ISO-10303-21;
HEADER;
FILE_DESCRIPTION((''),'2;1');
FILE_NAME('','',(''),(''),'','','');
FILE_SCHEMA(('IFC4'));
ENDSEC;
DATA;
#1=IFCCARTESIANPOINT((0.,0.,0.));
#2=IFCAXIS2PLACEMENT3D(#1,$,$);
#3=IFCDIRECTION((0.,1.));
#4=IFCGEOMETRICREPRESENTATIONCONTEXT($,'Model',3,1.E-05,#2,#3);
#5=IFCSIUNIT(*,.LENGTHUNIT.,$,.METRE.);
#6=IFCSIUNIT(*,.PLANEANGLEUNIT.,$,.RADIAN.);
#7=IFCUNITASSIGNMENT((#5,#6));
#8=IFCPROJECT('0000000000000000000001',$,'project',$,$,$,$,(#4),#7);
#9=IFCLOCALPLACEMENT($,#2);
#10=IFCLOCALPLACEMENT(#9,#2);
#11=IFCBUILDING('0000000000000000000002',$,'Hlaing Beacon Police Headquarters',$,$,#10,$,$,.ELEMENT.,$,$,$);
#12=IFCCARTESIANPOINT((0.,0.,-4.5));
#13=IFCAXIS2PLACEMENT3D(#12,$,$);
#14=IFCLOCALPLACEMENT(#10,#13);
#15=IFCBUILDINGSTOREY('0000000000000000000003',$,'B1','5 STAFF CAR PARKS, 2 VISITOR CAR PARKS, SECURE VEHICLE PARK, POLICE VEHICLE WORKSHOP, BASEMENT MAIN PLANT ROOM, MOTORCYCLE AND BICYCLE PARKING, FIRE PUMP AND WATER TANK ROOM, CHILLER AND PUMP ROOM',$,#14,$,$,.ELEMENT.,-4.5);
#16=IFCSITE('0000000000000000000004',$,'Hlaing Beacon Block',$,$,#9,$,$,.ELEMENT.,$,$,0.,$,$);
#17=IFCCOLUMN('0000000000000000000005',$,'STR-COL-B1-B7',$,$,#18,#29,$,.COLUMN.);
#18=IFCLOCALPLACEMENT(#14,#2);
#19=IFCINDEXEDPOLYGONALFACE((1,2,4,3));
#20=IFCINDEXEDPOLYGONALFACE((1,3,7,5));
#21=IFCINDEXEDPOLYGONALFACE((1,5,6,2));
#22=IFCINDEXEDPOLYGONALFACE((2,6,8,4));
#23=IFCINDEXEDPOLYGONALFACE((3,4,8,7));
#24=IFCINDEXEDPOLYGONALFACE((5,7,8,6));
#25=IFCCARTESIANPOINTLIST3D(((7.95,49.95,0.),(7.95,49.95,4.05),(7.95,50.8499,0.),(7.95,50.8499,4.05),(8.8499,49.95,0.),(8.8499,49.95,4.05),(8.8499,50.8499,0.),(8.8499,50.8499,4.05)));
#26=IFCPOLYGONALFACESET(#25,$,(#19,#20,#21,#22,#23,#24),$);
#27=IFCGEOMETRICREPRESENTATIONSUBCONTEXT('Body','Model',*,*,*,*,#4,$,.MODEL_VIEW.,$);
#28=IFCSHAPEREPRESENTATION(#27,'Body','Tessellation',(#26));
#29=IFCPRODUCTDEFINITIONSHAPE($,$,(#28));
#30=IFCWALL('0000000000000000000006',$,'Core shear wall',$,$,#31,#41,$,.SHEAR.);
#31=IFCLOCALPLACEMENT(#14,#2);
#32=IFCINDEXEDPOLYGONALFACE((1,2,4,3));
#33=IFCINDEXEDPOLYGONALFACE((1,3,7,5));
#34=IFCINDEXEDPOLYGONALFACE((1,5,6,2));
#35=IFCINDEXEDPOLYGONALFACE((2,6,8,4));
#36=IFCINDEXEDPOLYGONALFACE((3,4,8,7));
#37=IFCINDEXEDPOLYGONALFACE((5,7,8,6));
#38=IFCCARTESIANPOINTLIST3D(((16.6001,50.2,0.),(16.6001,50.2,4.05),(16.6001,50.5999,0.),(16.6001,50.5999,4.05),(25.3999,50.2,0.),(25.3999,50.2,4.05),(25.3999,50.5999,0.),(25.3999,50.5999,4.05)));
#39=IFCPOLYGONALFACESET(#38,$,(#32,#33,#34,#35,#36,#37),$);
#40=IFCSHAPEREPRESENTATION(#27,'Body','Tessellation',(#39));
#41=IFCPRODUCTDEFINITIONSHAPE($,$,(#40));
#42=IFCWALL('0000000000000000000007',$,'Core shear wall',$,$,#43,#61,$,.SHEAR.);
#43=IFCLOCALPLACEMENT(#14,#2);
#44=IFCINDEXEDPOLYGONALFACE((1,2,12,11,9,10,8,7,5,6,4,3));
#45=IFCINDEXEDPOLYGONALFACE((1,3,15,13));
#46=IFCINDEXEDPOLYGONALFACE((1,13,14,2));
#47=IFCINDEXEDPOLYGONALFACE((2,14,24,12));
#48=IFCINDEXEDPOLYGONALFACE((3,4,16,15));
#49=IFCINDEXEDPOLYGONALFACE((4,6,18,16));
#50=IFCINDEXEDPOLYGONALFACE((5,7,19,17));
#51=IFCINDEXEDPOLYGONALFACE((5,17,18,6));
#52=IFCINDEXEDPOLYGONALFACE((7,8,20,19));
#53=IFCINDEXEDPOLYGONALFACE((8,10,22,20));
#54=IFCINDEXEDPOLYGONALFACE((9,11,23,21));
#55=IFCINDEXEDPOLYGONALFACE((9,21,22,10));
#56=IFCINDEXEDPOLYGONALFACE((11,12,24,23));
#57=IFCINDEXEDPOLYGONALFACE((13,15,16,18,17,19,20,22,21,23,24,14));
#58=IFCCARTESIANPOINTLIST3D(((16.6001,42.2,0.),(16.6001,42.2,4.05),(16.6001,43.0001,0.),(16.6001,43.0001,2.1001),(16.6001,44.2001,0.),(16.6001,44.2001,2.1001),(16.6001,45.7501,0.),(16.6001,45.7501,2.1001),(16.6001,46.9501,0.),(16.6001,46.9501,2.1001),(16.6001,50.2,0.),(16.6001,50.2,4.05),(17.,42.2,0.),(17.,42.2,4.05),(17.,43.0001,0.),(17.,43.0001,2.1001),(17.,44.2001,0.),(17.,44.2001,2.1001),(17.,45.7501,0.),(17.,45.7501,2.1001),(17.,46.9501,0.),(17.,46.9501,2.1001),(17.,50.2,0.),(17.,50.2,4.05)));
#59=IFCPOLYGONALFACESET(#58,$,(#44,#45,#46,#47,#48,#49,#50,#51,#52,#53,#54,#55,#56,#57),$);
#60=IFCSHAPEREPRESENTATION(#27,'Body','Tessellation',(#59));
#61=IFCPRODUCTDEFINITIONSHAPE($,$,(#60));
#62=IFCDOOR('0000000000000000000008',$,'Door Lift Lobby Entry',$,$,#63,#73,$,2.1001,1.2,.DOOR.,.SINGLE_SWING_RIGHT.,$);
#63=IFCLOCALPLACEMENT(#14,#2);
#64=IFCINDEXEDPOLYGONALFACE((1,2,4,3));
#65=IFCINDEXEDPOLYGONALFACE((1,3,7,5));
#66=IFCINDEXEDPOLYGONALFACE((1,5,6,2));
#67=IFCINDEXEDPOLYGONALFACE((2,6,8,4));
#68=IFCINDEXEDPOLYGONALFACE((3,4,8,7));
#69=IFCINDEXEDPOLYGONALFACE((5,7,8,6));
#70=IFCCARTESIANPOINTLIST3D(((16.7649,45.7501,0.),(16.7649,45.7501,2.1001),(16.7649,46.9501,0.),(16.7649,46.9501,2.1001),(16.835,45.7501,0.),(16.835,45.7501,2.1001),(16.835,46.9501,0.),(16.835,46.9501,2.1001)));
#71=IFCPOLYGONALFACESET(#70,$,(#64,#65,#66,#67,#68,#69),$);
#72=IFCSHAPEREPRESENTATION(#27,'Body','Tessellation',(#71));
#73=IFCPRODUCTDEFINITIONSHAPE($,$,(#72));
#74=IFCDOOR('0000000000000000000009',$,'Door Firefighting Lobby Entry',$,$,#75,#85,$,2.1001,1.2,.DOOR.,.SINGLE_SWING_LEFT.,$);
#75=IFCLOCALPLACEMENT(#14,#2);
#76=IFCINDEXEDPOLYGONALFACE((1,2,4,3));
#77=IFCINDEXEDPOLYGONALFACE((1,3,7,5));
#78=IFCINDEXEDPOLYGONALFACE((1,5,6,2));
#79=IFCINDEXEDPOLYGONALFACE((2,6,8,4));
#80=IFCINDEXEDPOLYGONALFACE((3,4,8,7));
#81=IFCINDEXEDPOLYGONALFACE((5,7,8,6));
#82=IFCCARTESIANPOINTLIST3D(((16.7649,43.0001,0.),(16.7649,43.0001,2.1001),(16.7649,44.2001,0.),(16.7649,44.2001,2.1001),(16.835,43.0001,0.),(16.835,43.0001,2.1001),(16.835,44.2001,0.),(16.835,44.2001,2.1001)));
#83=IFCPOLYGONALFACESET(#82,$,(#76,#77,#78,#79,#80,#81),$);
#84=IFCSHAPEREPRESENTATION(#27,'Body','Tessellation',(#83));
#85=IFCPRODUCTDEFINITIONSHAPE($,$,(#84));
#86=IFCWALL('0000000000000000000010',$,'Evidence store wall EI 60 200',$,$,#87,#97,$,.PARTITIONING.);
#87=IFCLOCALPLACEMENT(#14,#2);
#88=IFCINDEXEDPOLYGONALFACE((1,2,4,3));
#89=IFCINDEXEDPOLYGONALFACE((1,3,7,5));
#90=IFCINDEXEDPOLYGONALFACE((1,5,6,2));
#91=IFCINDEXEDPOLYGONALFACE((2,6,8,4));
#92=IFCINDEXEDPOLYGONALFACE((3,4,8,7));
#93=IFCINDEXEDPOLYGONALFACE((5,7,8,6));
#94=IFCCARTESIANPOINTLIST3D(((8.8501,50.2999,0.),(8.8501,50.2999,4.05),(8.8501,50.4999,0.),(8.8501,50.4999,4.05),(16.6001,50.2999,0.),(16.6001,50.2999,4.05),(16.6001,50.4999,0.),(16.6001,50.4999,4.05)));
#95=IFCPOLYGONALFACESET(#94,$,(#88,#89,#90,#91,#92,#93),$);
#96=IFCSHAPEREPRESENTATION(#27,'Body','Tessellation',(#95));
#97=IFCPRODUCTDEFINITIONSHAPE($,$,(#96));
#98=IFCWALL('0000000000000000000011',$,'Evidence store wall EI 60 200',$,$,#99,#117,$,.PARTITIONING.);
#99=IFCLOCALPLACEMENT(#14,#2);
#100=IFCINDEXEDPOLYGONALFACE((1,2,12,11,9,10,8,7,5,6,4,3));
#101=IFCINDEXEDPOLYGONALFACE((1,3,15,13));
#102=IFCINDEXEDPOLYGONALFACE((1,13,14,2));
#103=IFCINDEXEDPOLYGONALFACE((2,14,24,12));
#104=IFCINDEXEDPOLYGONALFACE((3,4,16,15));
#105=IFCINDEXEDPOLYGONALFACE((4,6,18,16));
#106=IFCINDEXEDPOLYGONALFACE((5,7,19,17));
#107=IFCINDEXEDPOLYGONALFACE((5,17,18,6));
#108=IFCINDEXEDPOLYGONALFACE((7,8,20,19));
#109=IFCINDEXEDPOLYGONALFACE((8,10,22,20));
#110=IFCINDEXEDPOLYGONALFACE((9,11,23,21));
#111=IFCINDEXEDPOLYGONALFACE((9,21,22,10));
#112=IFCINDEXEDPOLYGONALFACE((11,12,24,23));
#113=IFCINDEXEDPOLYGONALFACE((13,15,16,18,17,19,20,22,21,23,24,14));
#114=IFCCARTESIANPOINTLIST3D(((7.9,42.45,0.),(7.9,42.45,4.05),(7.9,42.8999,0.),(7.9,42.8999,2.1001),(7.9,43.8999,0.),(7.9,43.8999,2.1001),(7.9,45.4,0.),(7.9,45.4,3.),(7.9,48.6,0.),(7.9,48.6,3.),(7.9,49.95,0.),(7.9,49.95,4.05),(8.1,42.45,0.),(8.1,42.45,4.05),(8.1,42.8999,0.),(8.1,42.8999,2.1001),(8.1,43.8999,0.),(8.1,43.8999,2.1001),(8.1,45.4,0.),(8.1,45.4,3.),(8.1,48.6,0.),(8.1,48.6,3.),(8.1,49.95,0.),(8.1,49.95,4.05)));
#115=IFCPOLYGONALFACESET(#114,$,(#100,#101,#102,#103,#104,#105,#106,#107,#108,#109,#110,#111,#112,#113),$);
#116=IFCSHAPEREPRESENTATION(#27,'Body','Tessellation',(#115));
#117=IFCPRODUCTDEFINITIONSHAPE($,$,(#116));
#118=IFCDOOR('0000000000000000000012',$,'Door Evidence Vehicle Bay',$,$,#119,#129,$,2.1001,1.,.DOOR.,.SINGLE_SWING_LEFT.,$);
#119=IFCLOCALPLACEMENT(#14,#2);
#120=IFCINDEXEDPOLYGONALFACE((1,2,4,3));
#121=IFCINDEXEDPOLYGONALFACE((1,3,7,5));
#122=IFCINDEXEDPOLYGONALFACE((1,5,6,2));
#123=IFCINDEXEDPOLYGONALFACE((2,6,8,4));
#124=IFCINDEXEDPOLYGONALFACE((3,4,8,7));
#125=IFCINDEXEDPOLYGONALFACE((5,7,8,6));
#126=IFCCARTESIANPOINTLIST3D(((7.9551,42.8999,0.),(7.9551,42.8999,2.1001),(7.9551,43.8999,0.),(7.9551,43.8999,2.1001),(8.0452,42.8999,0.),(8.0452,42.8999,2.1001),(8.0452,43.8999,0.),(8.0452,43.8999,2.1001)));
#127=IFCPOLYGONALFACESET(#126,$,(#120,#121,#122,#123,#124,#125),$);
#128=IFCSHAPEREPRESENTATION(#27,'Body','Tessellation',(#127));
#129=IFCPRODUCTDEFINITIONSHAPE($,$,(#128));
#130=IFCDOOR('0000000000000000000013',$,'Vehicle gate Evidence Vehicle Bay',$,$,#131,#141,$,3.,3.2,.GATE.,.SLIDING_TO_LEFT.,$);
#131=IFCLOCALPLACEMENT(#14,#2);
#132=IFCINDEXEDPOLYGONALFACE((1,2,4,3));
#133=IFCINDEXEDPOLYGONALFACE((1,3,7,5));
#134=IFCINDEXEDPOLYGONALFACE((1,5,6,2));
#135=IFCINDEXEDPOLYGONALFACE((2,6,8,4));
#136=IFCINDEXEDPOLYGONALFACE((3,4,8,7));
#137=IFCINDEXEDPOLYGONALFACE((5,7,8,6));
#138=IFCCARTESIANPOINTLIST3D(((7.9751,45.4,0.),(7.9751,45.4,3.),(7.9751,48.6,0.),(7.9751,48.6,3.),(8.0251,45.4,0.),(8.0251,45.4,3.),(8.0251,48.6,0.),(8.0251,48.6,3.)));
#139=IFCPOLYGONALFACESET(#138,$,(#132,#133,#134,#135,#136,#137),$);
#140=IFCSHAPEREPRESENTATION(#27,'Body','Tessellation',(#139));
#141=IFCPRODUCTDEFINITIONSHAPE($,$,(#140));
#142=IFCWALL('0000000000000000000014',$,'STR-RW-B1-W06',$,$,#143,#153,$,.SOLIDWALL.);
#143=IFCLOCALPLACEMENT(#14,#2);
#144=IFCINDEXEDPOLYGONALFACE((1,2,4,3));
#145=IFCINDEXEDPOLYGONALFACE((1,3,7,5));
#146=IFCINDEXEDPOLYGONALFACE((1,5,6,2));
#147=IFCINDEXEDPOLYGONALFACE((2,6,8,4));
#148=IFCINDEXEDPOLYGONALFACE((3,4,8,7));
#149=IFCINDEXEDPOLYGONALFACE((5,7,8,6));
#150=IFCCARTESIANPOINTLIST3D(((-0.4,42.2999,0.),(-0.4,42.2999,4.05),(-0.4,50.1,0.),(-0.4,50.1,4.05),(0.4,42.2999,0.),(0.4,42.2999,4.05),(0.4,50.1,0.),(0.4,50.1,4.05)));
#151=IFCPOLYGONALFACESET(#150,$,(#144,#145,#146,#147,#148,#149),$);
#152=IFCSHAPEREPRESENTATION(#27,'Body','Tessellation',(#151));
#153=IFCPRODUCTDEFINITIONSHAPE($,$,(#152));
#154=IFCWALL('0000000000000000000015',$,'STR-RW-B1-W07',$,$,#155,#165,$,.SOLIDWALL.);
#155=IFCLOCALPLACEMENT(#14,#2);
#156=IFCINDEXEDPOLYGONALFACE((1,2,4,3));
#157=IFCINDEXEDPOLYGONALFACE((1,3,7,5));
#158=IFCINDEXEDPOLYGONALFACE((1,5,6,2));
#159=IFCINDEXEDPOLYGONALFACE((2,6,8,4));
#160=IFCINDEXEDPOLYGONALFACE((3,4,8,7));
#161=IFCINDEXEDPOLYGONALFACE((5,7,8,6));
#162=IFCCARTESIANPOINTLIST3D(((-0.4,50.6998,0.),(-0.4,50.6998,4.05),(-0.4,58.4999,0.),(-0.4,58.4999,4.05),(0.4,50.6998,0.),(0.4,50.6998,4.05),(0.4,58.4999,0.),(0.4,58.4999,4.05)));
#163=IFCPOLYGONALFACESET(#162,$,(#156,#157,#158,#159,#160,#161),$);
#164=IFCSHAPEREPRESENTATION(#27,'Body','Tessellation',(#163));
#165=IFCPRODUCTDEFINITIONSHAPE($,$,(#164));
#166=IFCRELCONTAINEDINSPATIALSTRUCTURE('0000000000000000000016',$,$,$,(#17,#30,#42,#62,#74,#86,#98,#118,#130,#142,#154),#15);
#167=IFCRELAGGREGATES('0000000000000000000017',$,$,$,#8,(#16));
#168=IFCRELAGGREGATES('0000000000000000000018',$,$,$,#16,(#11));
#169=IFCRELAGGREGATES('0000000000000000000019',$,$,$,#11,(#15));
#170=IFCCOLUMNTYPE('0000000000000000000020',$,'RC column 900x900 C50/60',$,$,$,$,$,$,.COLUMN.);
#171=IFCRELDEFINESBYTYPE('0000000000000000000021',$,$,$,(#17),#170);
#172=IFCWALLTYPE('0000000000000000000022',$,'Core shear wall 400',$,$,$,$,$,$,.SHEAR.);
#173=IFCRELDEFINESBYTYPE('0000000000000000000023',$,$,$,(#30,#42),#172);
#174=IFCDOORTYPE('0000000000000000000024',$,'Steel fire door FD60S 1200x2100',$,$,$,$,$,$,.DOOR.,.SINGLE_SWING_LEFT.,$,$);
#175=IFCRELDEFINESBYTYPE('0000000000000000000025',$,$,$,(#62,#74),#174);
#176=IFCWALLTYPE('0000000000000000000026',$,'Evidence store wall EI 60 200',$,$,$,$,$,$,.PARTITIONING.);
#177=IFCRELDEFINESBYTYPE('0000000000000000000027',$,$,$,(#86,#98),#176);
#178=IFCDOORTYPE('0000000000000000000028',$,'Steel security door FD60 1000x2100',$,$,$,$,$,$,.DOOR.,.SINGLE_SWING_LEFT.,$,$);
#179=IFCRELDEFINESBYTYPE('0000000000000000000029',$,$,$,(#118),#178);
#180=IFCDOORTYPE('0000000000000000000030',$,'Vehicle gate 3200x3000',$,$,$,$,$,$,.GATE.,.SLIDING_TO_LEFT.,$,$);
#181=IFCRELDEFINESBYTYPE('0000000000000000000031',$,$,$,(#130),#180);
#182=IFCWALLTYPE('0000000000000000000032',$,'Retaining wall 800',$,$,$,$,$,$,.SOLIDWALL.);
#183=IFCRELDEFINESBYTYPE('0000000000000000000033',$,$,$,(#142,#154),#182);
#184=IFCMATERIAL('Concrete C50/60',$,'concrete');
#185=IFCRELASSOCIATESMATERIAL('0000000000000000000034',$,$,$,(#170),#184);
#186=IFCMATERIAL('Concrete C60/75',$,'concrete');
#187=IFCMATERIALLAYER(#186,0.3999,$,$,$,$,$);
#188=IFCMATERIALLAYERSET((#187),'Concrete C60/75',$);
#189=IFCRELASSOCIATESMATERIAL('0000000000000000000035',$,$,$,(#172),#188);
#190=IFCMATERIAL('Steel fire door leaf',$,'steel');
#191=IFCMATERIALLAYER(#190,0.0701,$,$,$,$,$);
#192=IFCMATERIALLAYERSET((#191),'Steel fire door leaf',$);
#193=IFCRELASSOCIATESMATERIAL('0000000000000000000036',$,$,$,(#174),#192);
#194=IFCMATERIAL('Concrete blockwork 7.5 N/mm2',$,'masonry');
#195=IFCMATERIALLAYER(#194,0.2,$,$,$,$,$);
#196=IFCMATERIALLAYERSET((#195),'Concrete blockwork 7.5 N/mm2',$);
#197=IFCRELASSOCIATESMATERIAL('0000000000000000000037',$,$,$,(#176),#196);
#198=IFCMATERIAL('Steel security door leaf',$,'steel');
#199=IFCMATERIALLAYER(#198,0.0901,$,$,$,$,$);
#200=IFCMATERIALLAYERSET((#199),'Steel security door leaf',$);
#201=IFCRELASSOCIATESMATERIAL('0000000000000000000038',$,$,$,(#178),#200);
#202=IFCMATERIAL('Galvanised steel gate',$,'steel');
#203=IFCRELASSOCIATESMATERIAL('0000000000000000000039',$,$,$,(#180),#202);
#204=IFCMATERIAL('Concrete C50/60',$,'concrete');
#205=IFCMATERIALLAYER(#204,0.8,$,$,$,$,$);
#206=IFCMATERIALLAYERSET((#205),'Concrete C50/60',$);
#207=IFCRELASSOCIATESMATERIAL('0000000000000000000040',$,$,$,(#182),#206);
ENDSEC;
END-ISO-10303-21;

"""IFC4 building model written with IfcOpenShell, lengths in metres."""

from ifc_helpers import new_model, si_unit, direction, frame, frame_2d, origin, origin_2d, place, context, subcontext, project, spatial, rectangle, extrude, material, layer, layer_set, material_profile, profile_set, type_object, element, fill, save


model = new_model("IFC4")

# Units and contexts
model_context = context("Model", 3, precision=1e-05, world=origin(), true_north=direction((0.0, 1.0)))
body_context = subcontext(model_context, "Body", "Model", "MODEL_VIEW")
ifc_project = project(units=[si_unit("LENGTHUNIT", "METRE"), si_unit("PLANEANGLEUNIT", "RADIAN")], contexts=[model_context])

# Site, building, storey
site_placement = place(None, origin())
site = spatial("IfcSite", under=ifc_project, at=site_placement, Name="Hlaing Beacon Block", CompositionType="ELEMENT", RefElevation=0.0)
building_placement = place(site_placement, origin())
building = spatial("IfcBuilding", under=site, at=building_placement, Name="Hlaing Beacon Police Headquarters", CompositionType="ELEMENT")
storey_placement = place(building_placement, frame((0.0, 0.0, -4.5)))
storey = spatial("IfcBuildingStorey", under=building, at=storey_placement, Name="B1", Description="5 STAFF CAR PARKS, 2 VISITOR CAR PARKS, SECURE VEHICLE PARK, POLICE VEHICLE WORKSHOP, BASEMENT MAIN PLANT ROOM, MOTORCYCLE AND BICYCLE PARKING, FIRE PUMP AND WATER TANK ROOM, CHILLER AND PUMP ROOM", CompositionType="ELEMENT", Elevation=-4.5)

# Column
ifc_material_1 = material(Name="Concrete C50/60", Category="concrete")
ifc_material_profile_1 = material_profile(ifc_material_1, rectangle(XDim=0.8999, YDim=0.8999, at=origin_2d()), Name="900x900")
ifc_profile_set_1 = profile_set([ifc_material_profile_1], Name="Concrete C50/60")
column_type_1 = type_object("IfcColumnType", Name="RC column 900x900 C50/60", PredefinedType="COLUMN", material=ifc_profile_set_1)
column_1_placement = place(storey_placement, frame((8.3999, 50.3999, 0.0), z_axis=(0.0, 0.0, 1.0), x_axis=(1.0, 0.0, 0.0)))
element("IfcColumn", 1, at=column_1_placement, inside=storey, type_object=column_type_1, Name="STR-COL-B1-B7", PredefinedType="COLUMN", context=body_context, shape_type="SweptSolid", body=[
    extrude(rectangle(XDim=0.8999, YDim=0.8999, at=origin_2d()), origin(), (0.0, 0.0, 1.0), 4.05),
])

# Wall
ifc_material_2 = material(Name="Concrete C60/75", Category="concrete")
ifc_layer_1 = layer(ifc_material_2, 0.3999)
ifc_layer_set_1 = layer_set([ifc_layer_1], Name="Concrete C60/75")
wall_type_1 = type_object("IfcWallType", Name="Core shear wall 400", PredefinedType="SHEAR", material=ifc_layer_set_1)
wall_1_placement = place(storey_placement, frame((16.6001, 50.3999, 0.0), z_axis=(0.0, 0.0, 1.0), x_axis=(1.0, 0.0, 0.0)))
element("IfcWall", 2, at=wall_1_placement, inside=storey, type_object=wall_type_1, Name="Core shear wall", PredefinedType="SHEAR", context=body_context, shape_type="SweptSolid", body=[
    extrude(rectangle(XDim=8.7998, YDim=0.3999, at=frame_2d((4.3999, 0.0))), origin(), (0.0, 0.0, 1.0), 4.05),
])

# Wall, openings, doors
wall_2_placement = place(storey_placement, frame((16.8, 42.2, 0.0), z_axis=(0.0, 0.0, 1.0), x_axis=(0.0, 1.0, 0.0)))
wall_2 = element("IfcWall", 3, at=wall_2_placement, inside=storey, type_object=wall_type_1, Name="Core shear wall", PredefinedType="SHEAR", context=body_context, shape_type="SweptSolid", body=[
    extrude(rectangle(XDim=8.0, YDim=0.3999, at=frame_2d((4.0, 0.0))), origin(), (0.0, 0.0, 1.0), 4.05),
])
opening_1_placement = place(wall_2_placement, frame((3.55, 0.0, 0.0)))
opening_1 = element("IfcOpeningElement", 4, at=opening_1_placement, cuts=wall_2, PredefinedType="OPENING", context=body_context, shape_type="SweptSolid", body=[
    extrude(rectangle(XDim=1.2, YDim=2.1001, at=frame_2d((0.6001, 1.05))), frame((0.0, 0.21, 0.0), z_axis=(0.0, -1.0, 0.0), x_axis=(1.0, 0.0, 0.0)), (0.0, 0.0, 1.0), 0.4199),
])
opening_2_placement = place(wall_2_placement, frame((0.8, 0.0, 0.0)))
opening_2 = element("IfcOpeningElement", 5, at=opening_2_placement, cuts=wall_2, PredefinedType="OPENING", context=body_context, shape_type="SweptSolid", body=[
    extrude(rectangle(XDim=1.2, YDim=2.1001, at=frame_2d((0.6001, 1.05))), frame((0.0, 0.21, 0.0), z_axis=(0.0, -1.0, 0.0), x_axis=(1.0, 0.0, 0.0)), (0.0, 0.0, 1.0), 0.4199),
])
ifc_material_3 = material(Name="Steel fire door leaf", Category="steel")
ifc_layer_2 = layer(ifc_material_3, 0.0701)
ifc_layer_set_2 = layer_set([ifc_layer_2], Name="Steel fire door leaf")
door_type_1 = type_object("IfcDoorType", Name="Steel fire door FD60S 1200x2100", OperationType="SINGLE_SWING_LEFT", PredefinedType="DOOR", material=ifc_layer_set_2)
door_1_placement = place(opening_1_placement, frame((1.2, 0.0, 0.0), z_axis=(0.0, 0.0, 1.0), x_axis=(-1.0, 0.0, 0.0)))
door_1 = element("IfcDoor", 6, at=door_1_placement, inside=storey, type_object=door_type_1, Name="Door Lift Lobby Entry", OperationType="SINGLE_SWING_RIGHT", OverallHeight=2.1001, OverallWidth=1.2, PredefinedType="DOOR", context=body_context, shape_type="SweptSolid", body=[
    extrude(rectangle(XDim=1.2, YDim=2.1001, at=frame_2d((0.5999, 1.05))), frame((0.0, 0.0349, 0.0), z_axis=(0.0, -1.0, 0.0), x_axis=(1.0, 0.0, 0.0)), (0.0, 0.0, 1.0), 0.0701),
])
fill(opening_1, door_1)
door_2_placement = place(opening_2_placement, frame((1.2, 0.0, 0.0), z_axis=(0.0, 0.0, 1.0), x_axis=(-1.0, 0.0, 0.0)))
door_2 = element("IfcDoor", 7, at=door_2_placement, inside=storey, type_object=door_type_1, Name="Door Firefighting Lobby Entry", OperationType="SINGLE_SWING_LEFT", OverallHeight=2.1001, OverallWidth=1.2, PredefinedType="DOOR", context=body_context, shape_type="SweptSolid", body=[
    extrude(rectangle(XDim=1.2, YDim=2.1001, at=frame_2d((0.5999, 1.05))), frame((0.0, 0.0349, 0.0), z_axis=(0.0, -1.0, 0.0), x_axis=(1.0, 0.0, 0.0)), (0.0, 0.0, 1.0), 0.0701),
])
fill(opening_2, door_2)

# Wall
ifc_material_4 = material(Name="Concrete blockwork 7.5 N/mm2", Category="masonry")
ifc_layer_3 = layer(ifc_material_4, 0.2)
ifc_layer_set_3 = layer_set([ifc_layer_3], Name="Concrete blockwork 7.5 N/mm2")
wall_type_2 = type_object("IfcWallType", Name="Evidence store wall EI 60 200", PredefinedType="PARTITIONING", material=ifc_layer_set_3)
wall_3_placement = place(storey_placement, frame((8.8501, 50.3999, 0.0), z_axis=(0.0, 0.0, 1.0), x_axis=(1.0, 0.0, 0.0)))
element("IfcWall", 8, at=wall_3_placement, inside=storey, type_object=wall_type_2, Name="Evidence store wall EI 60 200", PredefinedType="PARTITIONING", context=body_context, shape_type="SweptSolid", body=[
    extrude(rectangle(XDim=7.75, YDim=0.2, at=frame_2d((3.875, 0.0))), origin(), (0.0, 0.0, 1.0), 4.05),
])

# Wall, openings, doors
wall_4_placement = place(storey_placement, frame((8.0, 42.45, 0.0), z_axis=(0.0, 0.0, 1.0), x_axis=(0.0, 1.0, 0.0)))
wall_4 = element("IfcWall", 9, at=wall_4_placement, inside=storey, type_object=wall_type_2, Name="Evidence store wall EI 60 200", PredefinedType="PARTITIONING", context=body_context, shape_type="SweptSolid", body=[
    extrude(rectangle(XDim=7.5, YDim=0.2, at=frame_2d((3.75, 0.0))), origin(), (0.0, 0.0, 1.0), 4.05),
])
opening_3_placement = place(wall_4_placement, frame((0.45, 0.0, 0.0)))
opening_3 = element("IfcOpeningElement", 10, at=opening_3_placement, cuts=wall_4, PredefinedType="OPENING", context=body_context, shape_type="SweptSolid", body=[
    extrude(rectangle(XDim=1.0, YDim=2.1001, at=frame_2d((0.5, 1.05))), frame((0.0, 0.1099, 0.0), z_axis=(0.0, -1.0, 0.0), x_axis=(1.0, 0.0, 0.0)), (0.0, 0.0, 1.0), 0.22),
])
opening_4_placement = place(wall_4_placement, frame((2.95, 0.0, 0.0)))
opening_4 = element("IfcOpeningElement", 11, at=opening_4_placement, cuts=wall_4, PredefinedType="OPENING", context=body_context, shape_type="SweptSolid", body=[
    extrude(rectangle(XDim=3.2, YDim=3.0, at=frame_2d((1.6001, 1.5))), frame((0.0, 0.1099, 0.0), z_axis=(0.0, -1.0, 0.0), x_axis=(1.0, 0.0, 0.0)), (0.0, 0.0, 1.0), 0.22),
])
ifc_material_5 = material(Name="Steel security door leaf", Category="steel")
ifc_layer_4 = layer(ifc_material_5, 0.0901)
ifc_layer_set_4 = layer_set([ifc_layer_4], Name="Steel security door leaf")
door_type_2 = type_object("IfcDoorType", Name="Steel security door FD60 1000x2100", OperationType="SINGLE_SWING_LEFT", PredefinedType="DOOR", material=ifc_layer_set_4)
door_3_placement = place(opening_3_placement, frame((1.0, 0.0, 0.0), z_axis=(0.0, 0.0, 1.0), x_axis=(-1.0, 0.0, 0.0)))
door_3 = element("IfcDoor", 12, at=door_3_placement, inside=storey, type_object=door_type_2, Name="Door Evidence Vehicle Bay", OperationType="SINGLE_SWING_LEFT", OverallHeight=2.1001, OverallWidth=1.0, PredefinedType="DOOR", context=body_context, shape_type="SweptSolid", body=[
    extrude(rectangle(XDim=1.0, YDim=2.1001, at=frame_2d((0.5, 1.05))), frame((0.0, 0.0452, 0.0), z_axis=(0.0, -1.0, 0.0), x_axis=(1.0, 0.0, 0.0)), (0.0, 0.0, 1.0), 0.0901),
])
fill(opening_3, door_3)
ifc_material_6 = material(Name="Galvanised steel gate", Category="steel")
door_type_3 = type_object("IfcDoorType", Name="Vehicle gate 3200x3000", OperationType="SLIDING_TO_LEFT", PredefinedType="GATE", material=ifc_material_6)
door_4_placement = place(opening_4_placement, origin())
door_4 = element("IfcDoor", 13, at=door_4_placement, inside=storey, type_object=door_type_3, Name="Vehicle gate Evidence Vehicle Bay", OperationType="SLIDING_TO_LEFT", OverallHeight=3.0, OverallWidth=3.2, PredefinedType="GATE", context=body_context, shape_type="SweptSolid", body=[
    extrude(rectangle(XDim=3.2, YDim=3.0, at=frame_2d((1.6001, 1.5))), frame((0.0, 0.0249, 0.0), z_axis=(0.0, -1.0, 0.0), x_axis=(1.0, 0.0, 0.0)), (0.0, 0.0, 1.0), 0.05),
])
fill(opening_4, door_4)

# Walls
ifc_material_7 = material(Name="Concrete C50/60", Category="concrete")
ifc_layer_5 = layer(ifc_material_7, 0.8)
ifc_layer_set_5 = layer_set([ifc_layer_5], Name="Concrete C50/60")
wall_type_3 = type_object("IfcWallType", Name="Retaining wall 800", PredefinedType="SOLIDWALL", material=ifc_layer_set_5)
for number, where, z_axis, x_axis, name in (
    (14, (0.0, 42.3, 0.0), (0.0, 0.0, 1.0), (0.0, 1.0, 0.0), "STR-RW-B1-W06"),
    (15, (0.0, 50.7, 0.0), (0.0, 0.0, 1.0), (0.0, 1.0, 0.0), "STR-RW-B1-W07"),
):
    element("IfcWall", number, at=place(storey_placement, frame(where, z_axis=z_axis, x_axis=x_axis)), inside=storey, type_object=wall_type_3, Name=name, PredefinedType="SOLIDWALL", context=body_context, shape_type="SweptSolid", body=[
        extrude(rectangle(XDim=7.8, YDim=0.8, at=frame_2d((3.8999, 0.0))), origin(), (0.0, 0.0, 1.0), 4.05),
    ])

save(model, "model.ifc")
